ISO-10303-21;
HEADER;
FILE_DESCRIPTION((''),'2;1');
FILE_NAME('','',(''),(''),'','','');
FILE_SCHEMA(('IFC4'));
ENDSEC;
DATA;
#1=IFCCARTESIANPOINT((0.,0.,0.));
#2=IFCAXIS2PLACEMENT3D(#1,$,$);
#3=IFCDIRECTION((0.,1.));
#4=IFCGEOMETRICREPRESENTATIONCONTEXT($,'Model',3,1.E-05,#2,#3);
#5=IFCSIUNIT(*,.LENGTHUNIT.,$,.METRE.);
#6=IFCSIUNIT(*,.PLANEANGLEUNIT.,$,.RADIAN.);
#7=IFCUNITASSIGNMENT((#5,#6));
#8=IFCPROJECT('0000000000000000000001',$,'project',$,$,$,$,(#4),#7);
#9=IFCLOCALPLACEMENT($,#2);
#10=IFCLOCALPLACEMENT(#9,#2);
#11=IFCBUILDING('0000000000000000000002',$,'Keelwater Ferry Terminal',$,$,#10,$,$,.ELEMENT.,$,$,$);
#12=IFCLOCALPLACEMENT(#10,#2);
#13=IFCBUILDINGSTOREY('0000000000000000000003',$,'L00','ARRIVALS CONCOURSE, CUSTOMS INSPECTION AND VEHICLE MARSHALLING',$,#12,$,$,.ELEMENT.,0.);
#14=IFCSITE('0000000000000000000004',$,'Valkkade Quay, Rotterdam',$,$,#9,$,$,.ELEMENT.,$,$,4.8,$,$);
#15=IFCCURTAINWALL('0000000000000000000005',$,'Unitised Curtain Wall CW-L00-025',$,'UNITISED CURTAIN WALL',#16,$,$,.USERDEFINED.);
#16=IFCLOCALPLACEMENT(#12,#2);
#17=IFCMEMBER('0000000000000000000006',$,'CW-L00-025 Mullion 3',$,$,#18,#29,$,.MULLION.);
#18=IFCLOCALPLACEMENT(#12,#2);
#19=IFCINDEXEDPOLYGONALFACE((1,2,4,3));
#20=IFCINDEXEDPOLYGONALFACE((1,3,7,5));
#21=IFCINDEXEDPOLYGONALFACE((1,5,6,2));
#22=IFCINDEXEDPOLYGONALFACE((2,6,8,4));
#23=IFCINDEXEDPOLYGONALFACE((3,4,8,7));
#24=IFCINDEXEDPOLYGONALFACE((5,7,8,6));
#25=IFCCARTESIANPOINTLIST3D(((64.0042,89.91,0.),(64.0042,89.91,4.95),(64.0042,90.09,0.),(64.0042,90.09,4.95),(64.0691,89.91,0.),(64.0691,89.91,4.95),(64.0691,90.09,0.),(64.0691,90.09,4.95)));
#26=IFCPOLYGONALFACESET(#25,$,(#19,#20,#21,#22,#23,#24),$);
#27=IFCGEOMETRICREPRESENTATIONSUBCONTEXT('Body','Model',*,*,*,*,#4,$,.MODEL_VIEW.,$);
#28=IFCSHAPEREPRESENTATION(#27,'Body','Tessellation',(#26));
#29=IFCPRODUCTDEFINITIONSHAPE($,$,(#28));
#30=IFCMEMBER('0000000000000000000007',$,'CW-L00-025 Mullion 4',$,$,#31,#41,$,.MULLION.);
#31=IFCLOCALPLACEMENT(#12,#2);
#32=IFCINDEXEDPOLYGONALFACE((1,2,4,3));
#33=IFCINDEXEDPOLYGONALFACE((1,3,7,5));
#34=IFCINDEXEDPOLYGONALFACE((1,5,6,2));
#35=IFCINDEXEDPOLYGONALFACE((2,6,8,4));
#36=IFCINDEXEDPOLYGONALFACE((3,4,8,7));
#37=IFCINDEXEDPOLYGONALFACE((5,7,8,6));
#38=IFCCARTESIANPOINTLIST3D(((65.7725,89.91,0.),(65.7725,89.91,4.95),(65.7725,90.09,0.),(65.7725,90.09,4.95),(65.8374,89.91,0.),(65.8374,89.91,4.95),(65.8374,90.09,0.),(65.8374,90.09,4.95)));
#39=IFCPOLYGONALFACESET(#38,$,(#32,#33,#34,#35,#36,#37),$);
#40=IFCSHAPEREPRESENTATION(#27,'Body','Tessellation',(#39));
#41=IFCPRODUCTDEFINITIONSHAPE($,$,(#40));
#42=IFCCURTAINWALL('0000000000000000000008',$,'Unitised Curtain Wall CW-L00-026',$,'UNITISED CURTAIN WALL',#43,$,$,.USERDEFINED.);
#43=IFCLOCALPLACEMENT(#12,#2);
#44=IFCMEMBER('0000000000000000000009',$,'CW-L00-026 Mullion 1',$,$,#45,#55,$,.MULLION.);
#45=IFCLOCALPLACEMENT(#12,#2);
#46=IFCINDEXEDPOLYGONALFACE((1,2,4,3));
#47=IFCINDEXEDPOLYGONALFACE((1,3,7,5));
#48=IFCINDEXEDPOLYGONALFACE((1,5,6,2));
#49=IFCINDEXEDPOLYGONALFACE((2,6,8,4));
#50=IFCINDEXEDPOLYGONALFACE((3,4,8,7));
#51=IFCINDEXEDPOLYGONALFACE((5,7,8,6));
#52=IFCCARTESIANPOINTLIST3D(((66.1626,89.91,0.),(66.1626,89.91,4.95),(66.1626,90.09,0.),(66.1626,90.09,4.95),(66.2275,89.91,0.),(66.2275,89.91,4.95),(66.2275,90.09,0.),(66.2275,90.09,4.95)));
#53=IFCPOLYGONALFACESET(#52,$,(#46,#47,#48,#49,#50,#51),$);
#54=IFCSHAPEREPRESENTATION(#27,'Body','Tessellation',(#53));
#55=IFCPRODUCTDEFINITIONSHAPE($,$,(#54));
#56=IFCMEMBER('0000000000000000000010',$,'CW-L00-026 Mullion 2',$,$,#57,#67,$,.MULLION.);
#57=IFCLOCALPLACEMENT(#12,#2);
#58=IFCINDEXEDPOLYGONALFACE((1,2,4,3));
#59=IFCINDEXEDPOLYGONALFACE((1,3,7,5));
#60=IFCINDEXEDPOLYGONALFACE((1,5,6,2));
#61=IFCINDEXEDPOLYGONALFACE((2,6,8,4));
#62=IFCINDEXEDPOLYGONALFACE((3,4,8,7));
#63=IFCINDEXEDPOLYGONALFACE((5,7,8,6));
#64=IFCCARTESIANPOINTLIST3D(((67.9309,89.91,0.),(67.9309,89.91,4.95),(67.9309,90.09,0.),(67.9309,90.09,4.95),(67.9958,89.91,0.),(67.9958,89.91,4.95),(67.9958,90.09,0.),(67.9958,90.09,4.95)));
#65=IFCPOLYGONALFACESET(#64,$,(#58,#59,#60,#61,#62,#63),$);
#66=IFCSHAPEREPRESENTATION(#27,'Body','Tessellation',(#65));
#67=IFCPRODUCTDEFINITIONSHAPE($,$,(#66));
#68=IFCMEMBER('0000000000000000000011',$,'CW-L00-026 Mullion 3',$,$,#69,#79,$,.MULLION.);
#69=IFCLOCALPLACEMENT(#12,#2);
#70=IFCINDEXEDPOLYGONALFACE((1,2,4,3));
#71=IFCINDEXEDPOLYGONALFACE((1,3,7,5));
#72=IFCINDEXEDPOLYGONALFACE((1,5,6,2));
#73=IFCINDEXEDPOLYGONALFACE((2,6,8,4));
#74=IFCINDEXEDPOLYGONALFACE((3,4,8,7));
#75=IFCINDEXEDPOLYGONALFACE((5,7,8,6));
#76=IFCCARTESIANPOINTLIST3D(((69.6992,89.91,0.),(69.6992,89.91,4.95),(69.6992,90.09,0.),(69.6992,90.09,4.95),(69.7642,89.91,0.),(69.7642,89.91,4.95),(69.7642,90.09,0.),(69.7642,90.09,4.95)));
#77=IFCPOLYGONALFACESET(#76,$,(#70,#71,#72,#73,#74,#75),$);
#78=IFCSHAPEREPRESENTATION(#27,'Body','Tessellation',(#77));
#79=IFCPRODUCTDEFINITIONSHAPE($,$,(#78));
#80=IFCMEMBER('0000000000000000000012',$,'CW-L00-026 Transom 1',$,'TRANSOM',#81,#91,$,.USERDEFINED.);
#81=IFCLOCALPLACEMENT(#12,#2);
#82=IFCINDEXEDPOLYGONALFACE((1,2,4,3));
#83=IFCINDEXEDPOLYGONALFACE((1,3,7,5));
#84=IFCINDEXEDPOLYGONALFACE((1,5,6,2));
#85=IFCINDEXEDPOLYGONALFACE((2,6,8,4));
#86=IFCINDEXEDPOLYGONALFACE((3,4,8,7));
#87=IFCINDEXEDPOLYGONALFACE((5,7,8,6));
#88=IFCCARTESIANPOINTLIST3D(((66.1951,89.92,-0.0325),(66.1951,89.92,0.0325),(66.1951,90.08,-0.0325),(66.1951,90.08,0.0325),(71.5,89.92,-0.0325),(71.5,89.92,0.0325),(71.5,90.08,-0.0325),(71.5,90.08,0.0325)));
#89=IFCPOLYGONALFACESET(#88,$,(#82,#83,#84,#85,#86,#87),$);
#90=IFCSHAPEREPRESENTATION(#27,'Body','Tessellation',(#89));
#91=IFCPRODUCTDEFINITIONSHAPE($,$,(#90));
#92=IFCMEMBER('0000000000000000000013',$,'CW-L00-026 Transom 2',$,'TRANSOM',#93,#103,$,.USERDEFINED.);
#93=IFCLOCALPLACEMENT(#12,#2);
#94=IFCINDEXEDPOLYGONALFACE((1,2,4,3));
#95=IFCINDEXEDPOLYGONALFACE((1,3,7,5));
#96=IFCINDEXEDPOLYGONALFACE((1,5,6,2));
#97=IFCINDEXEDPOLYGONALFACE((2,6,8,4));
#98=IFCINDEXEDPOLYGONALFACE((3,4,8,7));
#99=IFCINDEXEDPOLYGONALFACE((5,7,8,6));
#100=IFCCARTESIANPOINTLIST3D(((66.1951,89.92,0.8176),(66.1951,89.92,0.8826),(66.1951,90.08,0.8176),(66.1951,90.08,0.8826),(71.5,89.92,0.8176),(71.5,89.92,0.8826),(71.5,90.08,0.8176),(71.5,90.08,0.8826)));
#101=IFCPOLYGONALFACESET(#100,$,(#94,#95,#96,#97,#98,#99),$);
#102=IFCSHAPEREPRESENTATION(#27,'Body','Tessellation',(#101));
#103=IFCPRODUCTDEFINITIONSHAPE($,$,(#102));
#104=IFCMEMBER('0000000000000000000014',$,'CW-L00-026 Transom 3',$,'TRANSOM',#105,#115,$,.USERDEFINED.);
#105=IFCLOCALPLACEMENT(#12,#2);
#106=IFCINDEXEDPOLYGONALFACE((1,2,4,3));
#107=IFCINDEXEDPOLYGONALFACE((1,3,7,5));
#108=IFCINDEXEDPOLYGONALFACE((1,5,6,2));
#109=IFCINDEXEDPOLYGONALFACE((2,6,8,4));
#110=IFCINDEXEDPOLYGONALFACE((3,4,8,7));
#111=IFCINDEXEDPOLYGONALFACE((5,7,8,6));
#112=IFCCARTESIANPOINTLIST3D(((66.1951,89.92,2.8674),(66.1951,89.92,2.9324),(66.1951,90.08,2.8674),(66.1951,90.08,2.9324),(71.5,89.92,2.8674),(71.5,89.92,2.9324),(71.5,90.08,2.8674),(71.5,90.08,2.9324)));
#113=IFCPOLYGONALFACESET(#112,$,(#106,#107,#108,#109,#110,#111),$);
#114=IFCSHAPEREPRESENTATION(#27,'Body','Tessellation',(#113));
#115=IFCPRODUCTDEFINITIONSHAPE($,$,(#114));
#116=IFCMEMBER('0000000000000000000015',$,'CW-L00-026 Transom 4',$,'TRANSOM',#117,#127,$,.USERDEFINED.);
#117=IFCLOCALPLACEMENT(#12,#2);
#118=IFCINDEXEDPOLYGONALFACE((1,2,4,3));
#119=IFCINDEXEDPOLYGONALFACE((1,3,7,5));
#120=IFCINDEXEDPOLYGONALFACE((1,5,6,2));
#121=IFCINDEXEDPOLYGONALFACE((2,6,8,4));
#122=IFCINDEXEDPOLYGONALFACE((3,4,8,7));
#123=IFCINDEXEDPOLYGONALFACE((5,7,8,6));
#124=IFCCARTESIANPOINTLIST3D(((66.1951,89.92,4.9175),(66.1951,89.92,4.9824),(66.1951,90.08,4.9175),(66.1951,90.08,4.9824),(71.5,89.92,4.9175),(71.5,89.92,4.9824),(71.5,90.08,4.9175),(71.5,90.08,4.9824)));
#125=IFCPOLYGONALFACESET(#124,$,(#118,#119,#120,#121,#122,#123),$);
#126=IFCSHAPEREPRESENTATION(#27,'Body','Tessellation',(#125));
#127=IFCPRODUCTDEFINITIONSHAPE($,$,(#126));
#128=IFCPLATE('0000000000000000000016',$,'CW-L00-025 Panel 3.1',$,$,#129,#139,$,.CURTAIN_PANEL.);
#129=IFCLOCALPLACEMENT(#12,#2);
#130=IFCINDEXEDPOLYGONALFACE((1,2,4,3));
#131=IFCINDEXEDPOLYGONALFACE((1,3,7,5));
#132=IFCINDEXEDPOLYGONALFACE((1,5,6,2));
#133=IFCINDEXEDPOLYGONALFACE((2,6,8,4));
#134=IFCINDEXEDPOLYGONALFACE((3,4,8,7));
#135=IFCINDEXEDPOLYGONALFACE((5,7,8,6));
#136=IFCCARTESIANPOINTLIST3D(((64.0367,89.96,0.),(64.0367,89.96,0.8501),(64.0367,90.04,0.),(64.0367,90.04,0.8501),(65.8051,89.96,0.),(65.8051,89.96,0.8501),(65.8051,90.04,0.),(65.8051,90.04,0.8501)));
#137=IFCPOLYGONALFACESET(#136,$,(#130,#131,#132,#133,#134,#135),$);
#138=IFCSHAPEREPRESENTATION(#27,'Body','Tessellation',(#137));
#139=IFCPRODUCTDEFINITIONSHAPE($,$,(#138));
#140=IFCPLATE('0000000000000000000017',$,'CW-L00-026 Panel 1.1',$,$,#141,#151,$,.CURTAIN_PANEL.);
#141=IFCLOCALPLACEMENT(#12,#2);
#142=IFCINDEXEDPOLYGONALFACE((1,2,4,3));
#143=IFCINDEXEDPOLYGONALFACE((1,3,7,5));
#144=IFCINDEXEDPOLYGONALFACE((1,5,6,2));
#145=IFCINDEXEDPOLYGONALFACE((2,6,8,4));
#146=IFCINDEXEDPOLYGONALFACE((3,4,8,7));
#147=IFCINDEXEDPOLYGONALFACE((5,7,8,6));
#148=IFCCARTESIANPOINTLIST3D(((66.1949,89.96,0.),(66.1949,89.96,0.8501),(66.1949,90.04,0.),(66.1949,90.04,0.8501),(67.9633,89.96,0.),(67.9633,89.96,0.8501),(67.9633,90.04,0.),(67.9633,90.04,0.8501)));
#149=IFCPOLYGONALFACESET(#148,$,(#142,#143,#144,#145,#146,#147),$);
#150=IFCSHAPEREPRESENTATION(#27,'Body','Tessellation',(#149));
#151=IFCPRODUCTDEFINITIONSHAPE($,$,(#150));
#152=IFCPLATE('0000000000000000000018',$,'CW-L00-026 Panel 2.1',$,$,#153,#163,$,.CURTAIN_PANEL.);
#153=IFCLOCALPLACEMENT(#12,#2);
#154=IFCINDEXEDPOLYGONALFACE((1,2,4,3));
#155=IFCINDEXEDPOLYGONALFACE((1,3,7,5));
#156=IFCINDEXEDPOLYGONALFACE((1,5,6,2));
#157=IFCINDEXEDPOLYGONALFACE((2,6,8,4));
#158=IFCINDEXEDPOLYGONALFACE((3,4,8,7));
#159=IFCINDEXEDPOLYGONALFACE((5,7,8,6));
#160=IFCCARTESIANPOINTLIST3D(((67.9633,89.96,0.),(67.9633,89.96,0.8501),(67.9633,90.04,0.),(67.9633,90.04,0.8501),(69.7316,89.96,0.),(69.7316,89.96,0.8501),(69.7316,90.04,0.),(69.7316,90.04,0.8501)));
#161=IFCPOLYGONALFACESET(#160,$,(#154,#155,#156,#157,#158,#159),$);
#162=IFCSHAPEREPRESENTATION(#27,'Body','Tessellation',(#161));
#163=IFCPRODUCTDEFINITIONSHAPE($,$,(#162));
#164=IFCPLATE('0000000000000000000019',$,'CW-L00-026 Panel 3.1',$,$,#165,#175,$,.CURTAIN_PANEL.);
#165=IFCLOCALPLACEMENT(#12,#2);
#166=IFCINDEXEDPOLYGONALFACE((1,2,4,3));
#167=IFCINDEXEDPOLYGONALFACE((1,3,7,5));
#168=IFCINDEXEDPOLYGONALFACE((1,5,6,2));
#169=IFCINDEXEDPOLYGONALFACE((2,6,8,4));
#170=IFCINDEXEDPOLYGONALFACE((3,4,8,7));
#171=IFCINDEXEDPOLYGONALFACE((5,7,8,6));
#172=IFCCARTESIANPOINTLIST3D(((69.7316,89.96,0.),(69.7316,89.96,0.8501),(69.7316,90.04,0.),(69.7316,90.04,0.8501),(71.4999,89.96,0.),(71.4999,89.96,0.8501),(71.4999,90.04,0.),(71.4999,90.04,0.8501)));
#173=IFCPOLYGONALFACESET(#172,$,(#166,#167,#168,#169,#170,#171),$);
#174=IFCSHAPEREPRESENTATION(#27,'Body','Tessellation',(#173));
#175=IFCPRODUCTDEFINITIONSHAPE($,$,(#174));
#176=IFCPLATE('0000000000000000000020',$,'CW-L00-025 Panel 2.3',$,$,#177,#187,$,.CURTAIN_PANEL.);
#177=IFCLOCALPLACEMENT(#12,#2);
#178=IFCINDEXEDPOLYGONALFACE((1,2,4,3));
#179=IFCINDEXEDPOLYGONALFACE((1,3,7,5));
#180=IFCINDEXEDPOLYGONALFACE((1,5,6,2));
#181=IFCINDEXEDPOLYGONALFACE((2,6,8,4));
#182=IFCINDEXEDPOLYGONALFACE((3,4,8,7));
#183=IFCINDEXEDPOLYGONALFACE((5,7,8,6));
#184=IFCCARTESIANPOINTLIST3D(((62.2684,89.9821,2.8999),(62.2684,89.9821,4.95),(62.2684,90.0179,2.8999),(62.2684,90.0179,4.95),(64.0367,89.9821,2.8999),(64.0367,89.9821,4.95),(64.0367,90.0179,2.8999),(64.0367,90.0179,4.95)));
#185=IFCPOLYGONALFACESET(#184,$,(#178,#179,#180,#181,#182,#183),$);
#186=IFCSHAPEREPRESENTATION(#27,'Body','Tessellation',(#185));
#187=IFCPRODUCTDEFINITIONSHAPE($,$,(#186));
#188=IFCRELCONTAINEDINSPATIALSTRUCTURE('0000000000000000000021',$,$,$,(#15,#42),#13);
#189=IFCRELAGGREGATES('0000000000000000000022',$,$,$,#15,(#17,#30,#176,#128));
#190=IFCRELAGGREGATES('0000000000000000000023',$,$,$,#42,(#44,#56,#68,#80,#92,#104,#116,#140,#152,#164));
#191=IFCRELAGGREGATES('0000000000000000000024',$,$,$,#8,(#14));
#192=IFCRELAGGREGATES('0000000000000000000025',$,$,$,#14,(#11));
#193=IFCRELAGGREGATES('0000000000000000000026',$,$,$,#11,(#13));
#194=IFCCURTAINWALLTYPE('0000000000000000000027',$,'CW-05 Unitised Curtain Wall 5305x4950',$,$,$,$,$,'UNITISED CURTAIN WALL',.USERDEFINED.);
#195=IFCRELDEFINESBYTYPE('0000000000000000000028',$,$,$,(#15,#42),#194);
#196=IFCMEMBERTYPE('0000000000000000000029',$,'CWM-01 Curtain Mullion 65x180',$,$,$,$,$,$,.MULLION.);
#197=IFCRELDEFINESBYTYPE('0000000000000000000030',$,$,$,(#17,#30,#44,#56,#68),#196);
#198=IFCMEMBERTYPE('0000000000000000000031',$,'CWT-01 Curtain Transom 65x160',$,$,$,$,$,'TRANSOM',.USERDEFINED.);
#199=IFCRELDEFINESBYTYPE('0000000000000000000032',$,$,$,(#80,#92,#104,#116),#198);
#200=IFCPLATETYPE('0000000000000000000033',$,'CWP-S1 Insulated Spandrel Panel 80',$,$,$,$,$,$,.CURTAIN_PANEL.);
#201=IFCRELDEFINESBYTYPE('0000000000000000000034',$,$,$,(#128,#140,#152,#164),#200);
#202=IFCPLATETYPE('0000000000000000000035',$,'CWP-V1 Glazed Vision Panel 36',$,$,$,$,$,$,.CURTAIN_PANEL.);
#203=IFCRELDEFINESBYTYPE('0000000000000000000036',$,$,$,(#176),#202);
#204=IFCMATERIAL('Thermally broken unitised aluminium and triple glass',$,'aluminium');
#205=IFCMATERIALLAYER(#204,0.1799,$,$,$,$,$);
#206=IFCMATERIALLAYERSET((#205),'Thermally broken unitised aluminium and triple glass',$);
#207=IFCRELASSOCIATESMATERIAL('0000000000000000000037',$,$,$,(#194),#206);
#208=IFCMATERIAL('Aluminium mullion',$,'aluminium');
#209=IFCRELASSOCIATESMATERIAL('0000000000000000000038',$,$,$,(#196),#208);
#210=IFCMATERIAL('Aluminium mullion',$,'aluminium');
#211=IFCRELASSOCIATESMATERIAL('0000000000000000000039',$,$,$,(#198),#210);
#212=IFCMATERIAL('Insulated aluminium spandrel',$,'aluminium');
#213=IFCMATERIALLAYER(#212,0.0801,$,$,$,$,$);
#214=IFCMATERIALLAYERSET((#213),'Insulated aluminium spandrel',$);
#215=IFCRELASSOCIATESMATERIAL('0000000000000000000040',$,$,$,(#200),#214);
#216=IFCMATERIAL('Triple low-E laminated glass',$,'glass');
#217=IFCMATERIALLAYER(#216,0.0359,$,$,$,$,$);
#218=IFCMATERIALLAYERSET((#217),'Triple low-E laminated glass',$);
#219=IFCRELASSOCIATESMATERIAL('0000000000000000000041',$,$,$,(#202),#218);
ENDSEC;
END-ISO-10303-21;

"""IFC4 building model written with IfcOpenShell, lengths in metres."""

from ifc_helpers import new_model, si_unit, direction, frame, origin, origin_2d, place, context, subcontext, project, spatial, rectangle, extrude, material, layer, layer_set, material_profile, profile_set, type_object, element, aggregate, save


model = new_model("IFC4")

# Units and contexts
model_context = context("Model", 3, precision=1e-05, world=origin(), true_north=direction((0.0, 1.0)))
body_context = subcontext(model_context, "Body", "Model", "MODEL_VIEW")
ifc_project = project(units=[si_unit("LENGTHUNIT", "METRE"), si_unit("PLANEANGLEUNIT", "RADIAN")], contexts=[model_context])

# Site, building, storey
site_placement = place(None, origin())
site = spatial("IfcSite", under=ifc_project, at=site_placement, Name="Valkkade Quay, Rotterdam", CompositionType="ELEMENT", RefElevation=4.8)
building_placement = place(site_placement, origin())
building = spatial("IfcBuilding", under=site, at=building_placement, Name="Keelwater Ferry Terminal", CompositionType="ELEMENT")
storey_placement = place(building_placement, origin())
storey = spatial("IfcBuildingStorey", under=building, at=storey_placement, Name="L00", Description="ARRIVALS CONCOURSE, CUSTOMS INSPECTION AND VEHICLE MARSHALLING", CompositionType="ELEMENT", Elevation=0.0)

# Curtain walls, members
ifc_material_1 = material(Name="Thermally broken unitised aluminium and triple glass", Category="aluminium")
ifc_layer_1 = layer(ifc_material_1, 0.1799)
ifc_layer_set_1 = layer_set([ifc_layer_1], Name="Thermally broken unitised aluminium and triple glass")
curtain_wall_type = type_object("IfcCurtainWallType", Name="CW-05 Unitised Curtain Wall 5305x4950", ElementType="UNITISED CURTAIN WALL", PredefinedType="USERDEFINED", material=ifc_layer_set_1)
curtain_wall_1_placement = place(storey_placement, origin())
curtain_wall_1 = element("IfcCurtainWall", 1, at=curtain_wall_1_placement, inside=storey, type_object=curtain_wall_type, Name="Unitised Curtain Wall CW-L00-025", ObjectType="UNITISED CURTAIN WALL", PredefinedType="USERDEFINED")
ifc_material_2 = material(Name="Aluminium mullion", Category="aluminium")
ifc_material_profile_1 = material_profile(ifc_material_2, rectangle(XDim=0.0649, YDim=0.1799, at=origin_2d()), Name="CWM-01")
ifc_profile_set_1 = profile_set([ifc_material_profile_1], Name="Aluminium mullion")
member_type_1 = type_object("IfcMemberType", Name="CWM-01 Curtain Mullion 65x180", PredefinedType="MULLION", material=ifc_profile_set_1)
member_1_placement = place(storey_placement, frame((64.0366, 90.0, 0.0), z_axis=(0.0, 0.0, 1.0), x_axis=(1.0, 0.0, 0.0)))
member_1 = element("IfcMember", 2, at=member_1_placement, type_object=member_type_1, Name="CW-L00-025 Mullion 3", PredefinedType="MULLION", context=body_context, shape_type="SweptSolid", body=[
    extrude(rectangle(XDim=0.0649, YDim=0.1799, at=origin_2d()), origin(), (0.0, 0.0, 1.0), 4.95),
])
member_2_placement = place(storey_placement, frame((65.8049, 90.0, 0.0), z_axis=(0.0, 0.0, 1.0), x_axis=(1.0, 0.0, 0.0)))
member_2 = element("IfcMember", 3, at=member_2_placement, type_object=member_type_1, Name="CW-L00-025 Mullion 4", PredefinedType="MULLION", context=body_context, shape_type="SweptSolid", body=[
    extrude(rectangle(XDim=0.0649, YDim=0.1799, at=origin_2d()), origin(), (0.0, 0.0, 1.0), 4.95),
])
curtain_wall_2_placement = place(storey_placement, origin())
curtain_wall_2 = element("IfcCurtainWall", 4, at=curtain_wall_2_placement, inside=storey, type_object=curtain_wall_type, Name="Unitised Curtain Wall CW-L00-026", ObjectType="UNITISED CURTAIN WALL", PredefinedType="USERDEFINED")
member_3_placement = place(storey_placement, frame((66.1951, 90.0, 0.0), z_axis=(0.0, 0.0, 1.0), x_axis=(1.0, 0.0, 0.0)))
member_3 = element("IfcMember", 5, at=member_3_placement, type_object=member_type_1, Name="CW-L00-026 Mullion 1", PredefinedType="MULLION", context=body_context, shape_type="SweptSolid", body=[
    extrude(rectangle(XDim=0.0649, YDim=0.1799, at=origin_2d()), origin(), (0.0, 0.0, 1.0), 4.95),
])
member_4_placement = place(storey_placement, frame((67.9634, 90.0, 0.0), z_axis=(0.0, 0.0, 1.0), x_axis=(1.0, 0.0, 0.0)))
member_4 = element("IfcMember", 6, at=member_4_placement, type_object=member_type_1, Name="CW-L00-026 Mullion 2", PredefinedType="MULLION", context=body_context, shape_type="SweptSolid", body=[
    extrude(rectangle(XDim=0.0649, YDim=0.1799, at=origin_2d()), origin(), (0.0, 0.0, 1.0), 4.95),
])
member_5_placement = place(storey_placement, frame((69.7317, 90.0, 0.0), z_axis=(0.0, 0.0, 1.0), x_axis=(1.0, 0.0, 0.0)))
member_5 = element("IfcMember", 7, at=member_5_placement, type_object=member_type_1, Name="CW-L00-026 Mullion 3", PredefinedType="MULLION", context=body_context, shape_type="SweptSolid", body=[
    extrude(rectangle(XDim=0.0649, YDim=0.1799, at=origin_2d()), origin(), (0.0, 0.0, 1.0), 4.95),
])
ifc_material_3 = material(Name="Aluminium mullion", Category="aluminium")
ifc_material_profile_2 = material_profile(ifc_material_3, rectangle(XDim=0.1599, YDim=0.0649, at=origin_2d()), Name="CWT-01")
ifc_profile_set_2 = profile_set([ifc_material_profile_2], Name="Aluminium mullion")
member_type_2 = type_object("IfcMemberType", Name="CWT-01 Curtain Transom 65x160", ElementType="TRANSOM", PredefinedType="USERDEFINED", material=ifc_profile_set_2)
member_6_placement = place(storey_placement, frame((66.1951, 90.0, 0.0), z_axis=(1.0, 0.0, 0.0), x_axis=(0.0, 1.0, 0.0)))
member_6 = element("IfcMember", 8, at=member_6_placement, type_object=member_type_2, Name="CW-L00-026 Transom 1", ObjectType="TRANSOM", PredefinedType="USERDEFINED", context=body_context, shape_type="SweptSolid", body=[
    extrude(rectangle(XDim=0.1599, YDim=0.0649, at=origin_2d()), origin(), (0.0, 0.0, 1.0), 5.3049),
])
member_7_placement = place(storey_placement, frame((66.1951, 90.0, 0.8501), z_axis=(1.0, 0.0, 0.0), x_axis=(0.0, 1.0, 0.0)))
member_7 = element("IfcMember", 9, at=member_7_placement, type_object=member_type_2, Name="CW-L00-026 Transom 2", ObjectType="TRANSOM", PredefinedType="USERDEFINED", context=body_context, shape_type="SweptSolid", body=[
    extrude(rectangle(XDim=0.1599, YDim=0.0649, at=origin_2d()), origin(), (0.0, 0.0, 1.0), 5.3049),
])
member_8_placement = place(storey_placement, frame((66.1951, 90.0, 2.8999), z_axis=(1.0, 0.0, 0.0), x_axis=(0.0, 1.0, 0.0)))
member_8 = element("IfcMember", 10, at=member_8_placement, type_object=member_type_2, Name="CW-L00-026 Transom 3", ObjectType="TRANSOM", PredefinedType="USERDEFINED", context=body_context, shape_type="SweptSolid", body=[
    extrude(rectangle(XDim=0.1599, YDim=0.0649, at=origin_2d()), origin(), (0.0, 0.0, 1.0), 5.3049),
])
member_9_placement = place(storey_placement, frame((66.1951, 90.0, 4.95), z_axis=(1.0, 0.0, 0.0), x_axis=(0.0, 1.0, 0.0)))
member_9 = element("IfcMember", 11, at=member_9_placement, type_object=member_type_2, Name="CW-L00-026 Transom 4", ObjectType="TRANSOM", PredefinedType="USERDEFINED", context=body_context, shape_type="SweptSolid", body=[
    extrude(rectangle(XDim=0.1599, YDim=0.0649, at=origin_2d()), origin(), (0.0, 0.0, 1.0), 5.3049),
])

# Plates
ifc_material_4 = material(Name="Insulated aluminium spandrel", Category="aluminium")
ifc_layer_2 = layer(ifc_material_4, 0.0801)
ifc_layer_set_2 = layer_set([ifc_layer_2], Name="Insulated aluminium spandrel")
plate_type_1 = type_object("IfcPlateType", Name="CWP-S1 Insulated Spandrel Panel 80", PredefinedType="CURTAIN_PANEL", material=ifc_layer_set_2)
plate_1_placement = place(storey_placement, frame((64.9209, 90.0, 0.0), z_axis=(0.0, 0.0, 1.0), x_axis=(1.0, 0.0, 0.0)))
plate_1 = element("IfcPlate", 12, at=plate_1_placement, type_object=plate_type_1, Name="CW-L00-025 Panel 3.1", PredefinedType="CURTAIN_PANEL", context=body_context, shape_type="SweptSolid", body=[
    extrude(rectangle(XDim=1.7683, YDim=0.0801, at=origin_2d()), origin(), (0.0, 0.0, 1.0), 0.8501),
])
plate_2_placement = place(storey_placement, frame((67.0791, 90.0, 0.0), z_axis=(0.0, 0.0, 1.0), x_axis=(1.0, 0.0, 0.0)))
plate_2 = element("IfcPlate", 13, at=plate_2_placement, type_object=plate_type_1, Name="CW-L00-026 Panel 1.1", PredefinedType="CURTAIN_PANEL", context=body_context, shape_type="SweptSolid", body=[
    extrude(rectangle(XDim=1.7683, YDim=0.0801, at=origin_2d()), origin(), (0.0, 0.0, 1.0), 0.8501),
])
plate_3_placement = place(storey_placement, frame((68.8474, 90.0, 0.0), z_axis=(0.0, 0.0, 1.0), x_axis=(1.0, 0.0, 0.0)))
plate_3 = element("IfcPlate", 14, at=plate_3_placement, type_object=plate_type_1, Name="CW-L00-026 Panel 2.1", PredefinedType="CURTAIN_PANEL", context=body_context, shape_type="SweptSolid", body=[
    extrude(rectangle(XDim=1.7683, YDim=0.0801, at=origin_2d()), origin(), (0.0, 0.0, 1.0), 0.8501),
])
plate_4_placement = place(storey_placement, frame((70.6157, 90.0, 0.0), z_axis=(0.0, 0.0, 1.0), x_axis=(1.0, 0.0, 0.0)))
plate_4 = element("IfcPlate", 15, at=plate_4_placement, type_object=plate_type_1, Name="CW-L00-026 Panel 3.1", PredefinedType="CURTAIN_PANEL", context=body_context, shape_type="SweptSolid", body=[
    extrude(rectangle(XDim=1.7683, YDim=0.0801, at=origin_2d()), origin(), (0.0, 0.0, 1.0), 0.8501),
])
ifc_material_5 = material(Name="Triple low-E laminated glass", Category="glass")
ifc_layer_3 = layer(ifc_material_5, 0.0359)
ifc_layer_set_3 = layer_set([ifc_layer_3], Name="Triple low-E laminated glass")
plate_type_2 = type_object("IfcPlateType", Name="CWP-V1 Glazed Vision Panel 36", PredefinedType="CURTAIN_PANEL", material=ifc_layer_set_3)
plate_5_placement = place(storey_placement, frame((63.1526, 90.0, 2.8999), z_axis=(0.0, 0.0, 1.0), x_axis=(1.0, 0.0, 0.0)))
plate_5 = element("IfcPlate", 16, at=plate_5_placement, type_object=plate_type_2, Name="CW-L00-025 Panel 2.3", PredefinedType="CURTAIN_PANEL", context=body_context, shape_type="SweptSolid", body=[
    extrude(rectangle(XDim=1.7683, YDim=0.0359, at=origin_2d()), origin(), (0.0, 0.0, 1.0), 2.05),
])
aggregate(curtain_wall_1, [member_1, member_2, plate_5, plate_1])
aggregate(curtain_wall_2, [member_3, member_4, member_5, member_6, member_7, member_8, member_9, plate_2, plate_3, plate_4])

save(model, "model.ifc")
